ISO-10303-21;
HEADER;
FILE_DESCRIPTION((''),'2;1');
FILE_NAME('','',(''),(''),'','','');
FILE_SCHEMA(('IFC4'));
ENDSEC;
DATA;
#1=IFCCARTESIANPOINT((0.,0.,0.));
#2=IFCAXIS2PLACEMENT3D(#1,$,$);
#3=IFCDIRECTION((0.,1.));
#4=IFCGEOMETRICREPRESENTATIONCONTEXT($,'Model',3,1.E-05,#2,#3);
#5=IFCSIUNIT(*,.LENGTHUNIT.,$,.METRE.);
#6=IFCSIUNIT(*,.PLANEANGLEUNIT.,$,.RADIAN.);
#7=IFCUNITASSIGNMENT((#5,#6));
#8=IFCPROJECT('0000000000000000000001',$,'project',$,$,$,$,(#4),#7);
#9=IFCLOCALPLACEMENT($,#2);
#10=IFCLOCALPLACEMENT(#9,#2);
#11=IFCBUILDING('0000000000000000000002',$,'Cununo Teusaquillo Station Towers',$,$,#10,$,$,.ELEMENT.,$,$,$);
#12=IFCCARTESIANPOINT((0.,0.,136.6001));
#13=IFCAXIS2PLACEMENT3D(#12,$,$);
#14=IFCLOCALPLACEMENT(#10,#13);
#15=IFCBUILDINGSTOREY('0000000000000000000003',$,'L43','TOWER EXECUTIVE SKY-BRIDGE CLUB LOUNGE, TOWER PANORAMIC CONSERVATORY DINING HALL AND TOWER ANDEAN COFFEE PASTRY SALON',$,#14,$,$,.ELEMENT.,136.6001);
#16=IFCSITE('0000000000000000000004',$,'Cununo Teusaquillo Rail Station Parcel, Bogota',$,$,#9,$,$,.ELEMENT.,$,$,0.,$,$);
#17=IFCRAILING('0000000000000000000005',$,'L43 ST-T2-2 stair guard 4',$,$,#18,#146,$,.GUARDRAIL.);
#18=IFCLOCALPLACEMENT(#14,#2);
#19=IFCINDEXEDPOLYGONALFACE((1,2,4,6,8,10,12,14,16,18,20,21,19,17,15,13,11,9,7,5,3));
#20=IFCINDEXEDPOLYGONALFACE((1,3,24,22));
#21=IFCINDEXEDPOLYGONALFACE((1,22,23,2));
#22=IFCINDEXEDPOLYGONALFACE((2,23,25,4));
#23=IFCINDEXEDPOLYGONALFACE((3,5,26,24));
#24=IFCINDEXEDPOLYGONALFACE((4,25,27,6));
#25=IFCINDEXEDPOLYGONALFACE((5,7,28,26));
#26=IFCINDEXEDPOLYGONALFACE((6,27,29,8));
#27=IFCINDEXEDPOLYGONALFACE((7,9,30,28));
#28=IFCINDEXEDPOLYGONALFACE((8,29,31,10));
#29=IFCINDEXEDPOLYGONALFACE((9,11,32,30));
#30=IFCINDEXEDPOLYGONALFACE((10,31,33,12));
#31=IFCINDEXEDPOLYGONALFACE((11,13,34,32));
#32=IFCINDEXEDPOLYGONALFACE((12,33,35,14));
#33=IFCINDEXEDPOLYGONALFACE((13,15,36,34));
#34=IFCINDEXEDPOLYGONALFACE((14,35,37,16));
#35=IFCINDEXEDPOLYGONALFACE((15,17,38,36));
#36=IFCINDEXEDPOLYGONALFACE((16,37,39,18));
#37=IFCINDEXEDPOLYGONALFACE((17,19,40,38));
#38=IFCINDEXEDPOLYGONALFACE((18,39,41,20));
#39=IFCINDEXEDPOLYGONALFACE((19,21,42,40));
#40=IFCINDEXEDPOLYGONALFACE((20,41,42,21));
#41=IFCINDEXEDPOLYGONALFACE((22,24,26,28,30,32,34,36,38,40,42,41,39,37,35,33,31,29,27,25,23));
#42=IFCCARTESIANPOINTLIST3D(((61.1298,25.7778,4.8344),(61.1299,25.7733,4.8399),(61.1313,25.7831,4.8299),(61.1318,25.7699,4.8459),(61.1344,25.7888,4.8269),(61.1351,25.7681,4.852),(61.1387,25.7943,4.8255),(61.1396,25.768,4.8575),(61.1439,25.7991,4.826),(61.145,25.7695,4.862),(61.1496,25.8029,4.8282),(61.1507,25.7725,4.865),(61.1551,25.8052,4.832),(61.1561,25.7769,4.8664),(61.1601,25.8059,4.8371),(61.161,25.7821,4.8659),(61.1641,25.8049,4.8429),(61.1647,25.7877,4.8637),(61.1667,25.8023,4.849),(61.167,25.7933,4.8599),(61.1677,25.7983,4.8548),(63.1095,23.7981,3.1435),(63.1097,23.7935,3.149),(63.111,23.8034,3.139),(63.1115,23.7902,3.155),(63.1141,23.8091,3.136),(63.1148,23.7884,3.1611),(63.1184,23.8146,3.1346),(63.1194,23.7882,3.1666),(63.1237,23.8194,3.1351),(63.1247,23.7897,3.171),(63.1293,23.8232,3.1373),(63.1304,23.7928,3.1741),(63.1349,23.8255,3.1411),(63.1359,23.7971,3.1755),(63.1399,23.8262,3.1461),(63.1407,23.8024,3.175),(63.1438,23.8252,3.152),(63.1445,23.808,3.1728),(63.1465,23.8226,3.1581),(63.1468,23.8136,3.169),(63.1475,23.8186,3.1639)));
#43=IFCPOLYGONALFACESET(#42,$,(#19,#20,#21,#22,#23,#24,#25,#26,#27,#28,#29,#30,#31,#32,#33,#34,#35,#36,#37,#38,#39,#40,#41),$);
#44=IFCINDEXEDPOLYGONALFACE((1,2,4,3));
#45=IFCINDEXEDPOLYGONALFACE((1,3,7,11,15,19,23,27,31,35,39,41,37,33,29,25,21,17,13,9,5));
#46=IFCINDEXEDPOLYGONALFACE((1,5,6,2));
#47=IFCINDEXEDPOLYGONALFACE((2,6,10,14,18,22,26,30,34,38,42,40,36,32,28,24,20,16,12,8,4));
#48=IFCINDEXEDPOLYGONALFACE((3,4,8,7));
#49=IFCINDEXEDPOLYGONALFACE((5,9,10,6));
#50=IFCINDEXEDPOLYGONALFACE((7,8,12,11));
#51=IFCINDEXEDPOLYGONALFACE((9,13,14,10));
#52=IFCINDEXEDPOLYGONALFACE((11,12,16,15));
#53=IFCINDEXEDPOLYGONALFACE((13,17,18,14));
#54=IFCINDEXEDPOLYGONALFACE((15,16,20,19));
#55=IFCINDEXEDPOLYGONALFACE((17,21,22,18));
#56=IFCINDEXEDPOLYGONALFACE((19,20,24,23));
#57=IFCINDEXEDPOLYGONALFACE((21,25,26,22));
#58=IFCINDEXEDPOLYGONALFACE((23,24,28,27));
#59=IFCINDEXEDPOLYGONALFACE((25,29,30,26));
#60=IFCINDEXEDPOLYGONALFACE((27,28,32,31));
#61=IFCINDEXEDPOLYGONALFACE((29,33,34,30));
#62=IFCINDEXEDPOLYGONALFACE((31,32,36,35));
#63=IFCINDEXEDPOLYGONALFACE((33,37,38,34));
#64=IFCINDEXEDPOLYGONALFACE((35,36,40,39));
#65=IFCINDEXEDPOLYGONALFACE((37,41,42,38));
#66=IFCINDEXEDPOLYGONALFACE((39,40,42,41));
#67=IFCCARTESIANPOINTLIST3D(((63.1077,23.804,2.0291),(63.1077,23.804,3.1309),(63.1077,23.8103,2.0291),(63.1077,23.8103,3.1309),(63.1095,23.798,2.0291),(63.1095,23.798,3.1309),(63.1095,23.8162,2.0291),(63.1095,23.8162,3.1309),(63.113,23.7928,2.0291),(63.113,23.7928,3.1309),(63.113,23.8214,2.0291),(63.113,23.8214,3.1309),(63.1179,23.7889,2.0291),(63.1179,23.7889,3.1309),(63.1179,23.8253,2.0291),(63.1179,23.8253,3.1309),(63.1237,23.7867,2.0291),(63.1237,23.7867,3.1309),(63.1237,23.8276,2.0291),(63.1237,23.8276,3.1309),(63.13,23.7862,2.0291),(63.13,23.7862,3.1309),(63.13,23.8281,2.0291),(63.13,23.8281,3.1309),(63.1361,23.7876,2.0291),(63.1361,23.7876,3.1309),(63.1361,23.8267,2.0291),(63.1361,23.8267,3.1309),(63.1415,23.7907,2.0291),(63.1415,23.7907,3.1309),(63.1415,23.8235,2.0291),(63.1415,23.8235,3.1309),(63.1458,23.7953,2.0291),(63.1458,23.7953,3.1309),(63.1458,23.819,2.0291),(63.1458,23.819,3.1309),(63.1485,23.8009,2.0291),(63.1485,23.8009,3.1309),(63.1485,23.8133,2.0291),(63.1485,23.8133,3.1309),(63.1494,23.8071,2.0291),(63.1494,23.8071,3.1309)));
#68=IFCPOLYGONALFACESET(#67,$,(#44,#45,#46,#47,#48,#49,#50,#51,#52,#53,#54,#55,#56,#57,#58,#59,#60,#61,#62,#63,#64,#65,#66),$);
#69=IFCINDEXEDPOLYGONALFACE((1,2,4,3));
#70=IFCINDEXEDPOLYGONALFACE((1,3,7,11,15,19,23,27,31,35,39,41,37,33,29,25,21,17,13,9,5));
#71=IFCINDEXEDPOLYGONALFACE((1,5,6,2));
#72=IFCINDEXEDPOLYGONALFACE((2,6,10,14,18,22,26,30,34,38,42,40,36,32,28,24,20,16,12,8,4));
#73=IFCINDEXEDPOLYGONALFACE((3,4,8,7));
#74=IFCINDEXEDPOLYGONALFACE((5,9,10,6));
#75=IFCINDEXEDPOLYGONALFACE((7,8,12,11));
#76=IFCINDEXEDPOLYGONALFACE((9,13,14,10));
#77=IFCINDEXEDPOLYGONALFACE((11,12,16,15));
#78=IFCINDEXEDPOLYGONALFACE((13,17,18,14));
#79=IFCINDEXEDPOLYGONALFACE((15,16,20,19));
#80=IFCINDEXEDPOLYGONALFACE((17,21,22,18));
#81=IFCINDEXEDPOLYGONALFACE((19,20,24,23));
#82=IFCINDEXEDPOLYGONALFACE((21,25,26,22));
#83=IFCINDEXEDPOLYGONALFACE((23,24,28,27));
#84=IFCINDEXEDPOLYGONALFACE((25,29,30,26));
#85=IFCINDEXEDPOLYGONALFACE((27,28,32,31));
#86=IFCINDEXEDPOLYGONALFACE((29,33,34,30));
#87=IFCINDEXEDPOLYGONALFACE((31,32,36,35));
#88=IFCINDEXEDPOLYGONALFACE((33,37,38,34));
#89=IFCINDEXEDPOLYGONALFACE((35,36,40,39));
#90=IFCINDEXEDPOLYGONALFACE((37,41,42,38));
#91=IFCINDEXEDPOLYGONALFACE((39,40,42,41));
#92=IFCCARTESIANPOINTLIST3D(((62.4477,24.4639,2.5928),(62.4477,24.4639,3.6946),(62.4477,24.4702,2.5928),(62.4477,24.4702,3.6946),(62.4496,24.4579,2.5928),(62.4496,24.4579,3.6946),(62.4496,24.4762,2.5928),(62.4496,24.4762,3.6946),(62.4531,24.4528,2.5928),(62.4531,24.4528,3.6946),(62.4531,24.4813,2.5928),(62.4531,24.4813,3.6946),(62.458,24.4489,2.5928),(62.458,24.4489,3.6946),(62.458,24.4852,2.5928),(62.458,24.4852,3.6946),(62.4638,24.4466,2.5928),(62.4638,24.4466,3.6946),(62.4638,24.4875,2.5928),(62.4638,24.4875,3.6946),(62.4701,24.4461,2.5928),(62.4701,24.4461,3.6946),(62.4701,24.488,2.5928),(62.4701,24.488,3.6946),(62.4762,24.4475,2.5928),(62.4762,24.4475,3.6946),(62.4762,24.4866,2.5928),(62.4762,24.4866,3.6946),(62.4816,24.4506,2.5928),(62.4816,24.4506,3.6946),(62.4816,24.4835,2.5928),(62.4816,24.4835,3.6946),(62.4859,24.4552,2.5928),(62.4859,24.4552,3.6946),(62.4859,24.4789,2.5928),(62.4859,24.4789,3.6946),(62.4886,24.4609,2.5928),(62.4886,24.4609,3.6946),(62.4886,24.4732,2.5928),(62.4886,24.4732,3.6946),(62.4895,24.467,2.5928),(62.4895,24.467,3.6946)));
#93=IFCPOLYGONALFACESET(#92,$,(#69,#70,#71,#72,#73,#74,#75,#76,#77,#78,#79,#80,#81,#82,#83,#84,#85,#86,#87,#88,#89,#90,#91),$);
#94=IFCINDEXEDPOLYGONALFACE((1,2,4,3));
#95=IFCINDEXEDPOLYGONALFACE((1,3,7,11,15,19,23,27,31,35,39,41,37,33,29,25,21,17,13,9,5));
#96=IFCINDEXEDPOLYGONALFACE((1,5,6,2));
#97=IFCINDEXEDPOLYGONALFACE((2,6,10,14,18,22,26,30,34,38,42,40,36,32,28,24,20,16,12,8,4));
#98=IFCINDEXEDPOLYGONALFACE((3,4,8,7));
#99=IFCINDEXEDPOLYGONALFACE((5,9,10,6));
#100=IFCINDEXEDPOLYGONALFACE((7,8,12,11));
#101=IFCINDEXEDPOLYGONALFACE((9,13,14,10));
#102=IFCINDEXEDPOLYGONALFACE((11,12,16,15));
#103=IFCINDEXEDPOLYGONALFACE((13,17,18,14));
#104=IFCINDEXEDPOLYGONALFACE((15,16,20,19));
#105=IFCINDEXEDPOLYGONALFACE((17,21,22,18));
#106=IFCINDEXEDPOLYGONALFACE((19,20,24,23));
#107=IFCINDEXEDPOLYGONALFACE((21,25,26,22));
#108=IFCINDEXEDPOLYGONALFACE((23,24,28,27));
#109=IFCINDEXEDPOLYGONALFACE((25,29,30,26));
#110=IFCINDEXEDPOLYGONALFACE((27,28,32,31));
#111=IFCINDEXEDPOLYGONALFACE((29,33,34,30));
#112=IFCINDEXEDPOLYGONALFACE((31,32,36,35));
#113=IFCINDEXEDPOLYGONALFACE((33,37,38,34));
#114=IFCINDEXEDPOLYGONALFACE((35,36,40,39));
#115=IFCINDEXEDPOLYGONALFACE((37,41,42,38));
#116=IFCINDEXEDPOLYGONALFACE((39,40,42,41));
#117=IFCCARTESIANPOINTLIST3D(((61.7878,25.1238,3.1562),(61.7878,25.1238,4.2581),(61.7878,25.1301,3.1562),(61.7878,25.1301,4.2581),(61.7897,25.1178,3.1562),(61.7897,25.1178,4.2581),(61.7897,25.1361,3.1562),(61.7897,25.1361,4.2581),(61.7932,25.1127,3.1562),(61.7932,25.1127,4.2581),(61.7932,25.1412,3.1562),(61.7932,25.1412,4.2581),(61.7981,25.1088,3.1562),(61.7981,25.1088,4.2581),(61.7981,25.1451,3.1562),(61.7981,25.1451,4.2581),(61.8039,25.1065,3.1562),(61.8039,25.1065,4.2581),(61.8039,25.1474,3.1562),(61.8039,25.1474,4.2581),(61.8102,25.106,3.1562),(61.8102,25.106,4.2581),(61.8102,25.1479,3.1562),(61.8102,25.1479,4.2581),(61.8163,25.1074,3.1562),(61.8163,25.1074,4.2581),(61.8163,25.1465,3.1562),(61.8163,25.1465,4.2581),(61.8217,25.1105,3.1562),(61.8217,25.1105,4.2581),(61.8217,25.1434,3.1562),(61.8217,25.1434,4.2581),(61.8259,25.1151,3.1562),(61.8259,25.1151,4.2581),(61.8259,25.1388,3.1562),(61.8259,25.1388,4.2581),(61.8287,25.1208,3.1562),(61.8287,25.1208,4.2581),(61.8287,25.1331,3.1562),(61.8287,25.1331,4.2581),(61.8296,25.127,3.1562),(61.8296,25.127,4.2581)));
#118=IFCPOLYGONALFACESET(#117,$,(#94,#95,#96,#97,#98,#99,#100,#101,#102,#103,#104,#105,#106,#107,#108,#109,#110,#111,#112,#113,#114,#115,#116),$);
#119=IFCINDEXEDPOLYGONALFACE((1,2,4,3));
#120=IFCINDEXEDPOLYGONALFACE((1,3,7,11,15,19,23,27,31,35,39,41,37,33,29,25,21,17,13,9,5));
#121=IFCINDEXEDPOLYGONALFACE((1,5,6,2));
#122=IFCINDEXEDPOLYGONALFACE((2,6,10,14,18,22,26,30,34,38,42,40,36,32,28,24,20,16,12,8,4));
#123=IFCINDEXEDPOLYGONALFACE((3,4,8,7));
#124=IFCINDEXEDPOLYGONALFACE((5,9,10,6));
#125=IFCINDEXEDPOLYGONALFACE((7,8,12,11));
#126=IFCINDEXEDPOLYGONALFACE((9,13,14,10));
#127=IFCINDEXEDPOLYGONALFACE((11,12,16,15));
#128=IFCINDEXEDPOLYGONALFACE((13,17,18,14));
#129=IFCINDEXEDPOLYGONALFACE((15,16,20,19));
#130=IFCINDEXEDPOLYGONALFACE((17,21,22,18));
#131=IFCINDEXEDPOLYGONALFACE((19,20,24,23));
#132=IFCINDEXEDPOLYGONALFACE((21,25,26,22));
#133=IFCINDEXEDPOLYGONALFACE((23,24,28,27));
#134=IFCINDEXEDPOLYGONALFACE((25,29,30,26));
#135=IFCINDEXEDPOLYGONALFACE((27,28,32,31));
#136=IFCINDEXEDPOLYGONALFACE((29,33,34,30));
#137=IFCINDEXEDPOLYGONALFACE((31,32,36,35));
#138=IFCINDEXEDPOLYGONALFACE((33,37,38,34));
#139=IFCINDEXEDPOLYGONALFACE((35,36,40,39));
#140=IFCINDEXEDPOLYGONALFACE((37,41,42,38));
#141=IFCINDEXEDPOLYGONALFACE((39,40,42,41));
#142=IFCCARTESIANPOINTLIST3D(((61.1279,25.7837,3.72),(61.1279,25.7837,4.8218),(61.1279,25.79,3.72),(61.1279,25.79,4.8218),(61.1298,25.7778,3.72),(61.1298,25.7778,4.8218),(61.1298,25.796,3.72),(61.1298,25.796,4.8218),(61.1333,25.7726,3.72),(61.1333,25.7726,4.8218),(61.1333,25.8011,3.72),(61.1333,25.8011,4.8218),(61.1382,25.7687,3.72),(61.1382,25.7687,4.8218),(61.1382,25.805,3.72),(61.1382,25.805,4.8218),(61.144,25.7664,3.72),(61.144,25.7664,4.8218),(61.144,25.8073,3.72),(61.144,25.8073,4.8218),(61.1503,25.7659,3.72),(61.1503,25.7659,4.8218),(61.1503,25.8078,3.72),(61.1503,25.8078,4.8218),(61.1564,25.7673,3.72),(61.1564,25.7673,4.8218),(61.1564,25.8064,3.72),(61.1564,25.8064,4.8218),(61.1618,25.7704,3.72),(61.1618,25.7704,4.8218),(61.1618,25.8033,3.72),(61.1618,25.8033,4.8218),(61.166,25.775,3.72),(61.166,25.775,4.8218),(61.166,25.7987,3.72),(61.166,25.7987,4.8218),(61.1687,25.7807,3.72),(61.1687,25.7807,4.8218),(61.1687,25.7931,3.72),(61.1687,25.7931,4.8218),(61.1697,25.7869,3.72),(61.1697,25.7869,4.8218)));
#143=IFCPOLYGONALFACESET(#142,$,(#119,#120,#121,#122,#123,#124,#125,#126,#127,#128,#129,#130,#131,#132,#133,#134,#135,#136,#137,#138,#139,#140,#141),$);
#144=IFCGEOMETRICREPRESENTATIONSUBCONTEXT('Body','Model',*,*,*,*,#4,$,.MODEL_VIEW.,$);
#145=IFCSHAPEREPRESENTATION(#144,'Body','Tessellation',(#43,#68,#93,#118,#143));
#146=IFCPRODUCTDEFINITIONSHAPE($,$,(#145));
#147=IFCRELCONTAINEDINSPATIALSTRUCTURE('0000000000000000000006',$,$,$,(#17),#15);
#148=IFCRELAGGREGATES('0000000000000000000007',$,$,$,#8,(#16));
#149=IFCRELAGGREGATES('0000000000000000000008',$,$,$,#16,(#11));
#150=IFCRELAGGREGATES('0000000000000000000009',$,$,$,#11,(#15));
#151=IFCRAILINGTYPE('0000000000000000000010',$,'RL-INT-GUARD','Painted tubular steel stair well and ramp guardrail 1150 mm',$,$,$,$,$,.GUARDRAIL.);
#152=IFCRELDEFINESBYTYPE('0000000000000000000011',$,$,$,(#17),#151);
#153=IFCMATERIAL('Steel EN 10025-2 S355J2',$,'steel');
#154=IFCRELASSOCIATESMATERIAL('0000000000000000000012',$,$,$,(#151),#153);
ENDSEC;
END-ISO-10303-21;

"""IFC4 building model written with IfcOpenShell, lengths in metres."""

from ifc_helpers import new_model, si_unit, direction, frame, origin, origin_2d, place, context, subcontext, project, spatial, circle, extrude, material, type_object, element, save


model = new_model("IFC4")

# Units and contexts
model_context = context("Model", 3, precision=1e-05, world=origin(), true_north=direction((0.0, 1.0)))
body_context = subcontext(model_context, "Body", "Model", "MODEL_VIEW")
ifc_project = project(units=[si_unit("LENGTHUNIT", "METRE"), si_unit("PLANEANGLEUNIT", "RADIAN")], contexts=[model_context])

# Site, building, storey
site_placement = place(None, origin())
site = spatial("IfcSite", under=ifc_project, at=site_placement, Name="Cununo Teusaquillo Rail Station Parcel, Bogota", CompositionType="ELEMENT", RefElevation=0.0)
building_placement = place(site_placement, origin())
building = spatial("IfcBuilding", under=site, at=building_placement, Name="Cununo Teusaquillo Station Towers", CompositionType="ELEMENT")
storey_placement = place(building_placement, frame((0.0, 0.0, 136.6001)))
storey = spatial("IfcBuildingStorey", under=building, at=storey_placement, Name="L43", Description="TOWER EXECUTIVE SKY-BRIDGE CLUB LOUNGE, TOWER PANORAMIC CONSERVATORY DINING HALL AND TOWER ANDEAN COFFEE PASTRY SALON", CompositionType="ELEMENT", Elevation=136.6001)

# Railing
ifc_material_1 = material(Name="Steel EN 10025-2 S355J2", Category="steel")
railing_type_1 = type_object("IfcRailingType", Name="RL-INT-GUARD", Description="Painted tubular steel stair well and ramp guardrail 1150 mm", PredefinedType="GUARDRAIL", material=ifc_material_1)
railing_1_placement = place(storey_placement, frame((63.1284, 23.8071, 2.0291)))
element("IfcRailing", 1, at=railing_1_placement, inside=storey, type_object=railing_type_1, Name="L43 ST-T2-2 stair guard 4", PredefinedType="GUARDRAIL", context=body_context, shape_type="SweptSolid", body=[
    extrude(circle(Radius=0.0239, at=origin_2d()), frame((0.0, 0.0, 1.126), z_axis=(-0.605282, 0.605282, 0.516979), x_axis=(-0.707107, -0.707107, 0.0)), (0.0, 0.0, 1.0), 3.2708),
    extrude(circle(Radius=0.021, at=origin_2d()), origin(), (0.0, 0.0, 1.0), 1.1018),
    extrude(circle(Radius=0.021, at=origin_2d()), frame((-0.6599, 0.6599, 0.5637)), (0.0, 0.0, 1.0), 1.1018),
    extrude(circle(Radius=0.021, at=origin_2d()), frame((-1.3198, 1.3198, 1.1272)), (0.0, 0.0, 1.0), 1.1018),
    extrude(circle(Radius=0.021, at=origin_2d()), frame((-1.9797, 1.9797, 1.6909)), (0.0, 0.0, 1.0), 1.1018),
])

save(model, "model.ifc")
